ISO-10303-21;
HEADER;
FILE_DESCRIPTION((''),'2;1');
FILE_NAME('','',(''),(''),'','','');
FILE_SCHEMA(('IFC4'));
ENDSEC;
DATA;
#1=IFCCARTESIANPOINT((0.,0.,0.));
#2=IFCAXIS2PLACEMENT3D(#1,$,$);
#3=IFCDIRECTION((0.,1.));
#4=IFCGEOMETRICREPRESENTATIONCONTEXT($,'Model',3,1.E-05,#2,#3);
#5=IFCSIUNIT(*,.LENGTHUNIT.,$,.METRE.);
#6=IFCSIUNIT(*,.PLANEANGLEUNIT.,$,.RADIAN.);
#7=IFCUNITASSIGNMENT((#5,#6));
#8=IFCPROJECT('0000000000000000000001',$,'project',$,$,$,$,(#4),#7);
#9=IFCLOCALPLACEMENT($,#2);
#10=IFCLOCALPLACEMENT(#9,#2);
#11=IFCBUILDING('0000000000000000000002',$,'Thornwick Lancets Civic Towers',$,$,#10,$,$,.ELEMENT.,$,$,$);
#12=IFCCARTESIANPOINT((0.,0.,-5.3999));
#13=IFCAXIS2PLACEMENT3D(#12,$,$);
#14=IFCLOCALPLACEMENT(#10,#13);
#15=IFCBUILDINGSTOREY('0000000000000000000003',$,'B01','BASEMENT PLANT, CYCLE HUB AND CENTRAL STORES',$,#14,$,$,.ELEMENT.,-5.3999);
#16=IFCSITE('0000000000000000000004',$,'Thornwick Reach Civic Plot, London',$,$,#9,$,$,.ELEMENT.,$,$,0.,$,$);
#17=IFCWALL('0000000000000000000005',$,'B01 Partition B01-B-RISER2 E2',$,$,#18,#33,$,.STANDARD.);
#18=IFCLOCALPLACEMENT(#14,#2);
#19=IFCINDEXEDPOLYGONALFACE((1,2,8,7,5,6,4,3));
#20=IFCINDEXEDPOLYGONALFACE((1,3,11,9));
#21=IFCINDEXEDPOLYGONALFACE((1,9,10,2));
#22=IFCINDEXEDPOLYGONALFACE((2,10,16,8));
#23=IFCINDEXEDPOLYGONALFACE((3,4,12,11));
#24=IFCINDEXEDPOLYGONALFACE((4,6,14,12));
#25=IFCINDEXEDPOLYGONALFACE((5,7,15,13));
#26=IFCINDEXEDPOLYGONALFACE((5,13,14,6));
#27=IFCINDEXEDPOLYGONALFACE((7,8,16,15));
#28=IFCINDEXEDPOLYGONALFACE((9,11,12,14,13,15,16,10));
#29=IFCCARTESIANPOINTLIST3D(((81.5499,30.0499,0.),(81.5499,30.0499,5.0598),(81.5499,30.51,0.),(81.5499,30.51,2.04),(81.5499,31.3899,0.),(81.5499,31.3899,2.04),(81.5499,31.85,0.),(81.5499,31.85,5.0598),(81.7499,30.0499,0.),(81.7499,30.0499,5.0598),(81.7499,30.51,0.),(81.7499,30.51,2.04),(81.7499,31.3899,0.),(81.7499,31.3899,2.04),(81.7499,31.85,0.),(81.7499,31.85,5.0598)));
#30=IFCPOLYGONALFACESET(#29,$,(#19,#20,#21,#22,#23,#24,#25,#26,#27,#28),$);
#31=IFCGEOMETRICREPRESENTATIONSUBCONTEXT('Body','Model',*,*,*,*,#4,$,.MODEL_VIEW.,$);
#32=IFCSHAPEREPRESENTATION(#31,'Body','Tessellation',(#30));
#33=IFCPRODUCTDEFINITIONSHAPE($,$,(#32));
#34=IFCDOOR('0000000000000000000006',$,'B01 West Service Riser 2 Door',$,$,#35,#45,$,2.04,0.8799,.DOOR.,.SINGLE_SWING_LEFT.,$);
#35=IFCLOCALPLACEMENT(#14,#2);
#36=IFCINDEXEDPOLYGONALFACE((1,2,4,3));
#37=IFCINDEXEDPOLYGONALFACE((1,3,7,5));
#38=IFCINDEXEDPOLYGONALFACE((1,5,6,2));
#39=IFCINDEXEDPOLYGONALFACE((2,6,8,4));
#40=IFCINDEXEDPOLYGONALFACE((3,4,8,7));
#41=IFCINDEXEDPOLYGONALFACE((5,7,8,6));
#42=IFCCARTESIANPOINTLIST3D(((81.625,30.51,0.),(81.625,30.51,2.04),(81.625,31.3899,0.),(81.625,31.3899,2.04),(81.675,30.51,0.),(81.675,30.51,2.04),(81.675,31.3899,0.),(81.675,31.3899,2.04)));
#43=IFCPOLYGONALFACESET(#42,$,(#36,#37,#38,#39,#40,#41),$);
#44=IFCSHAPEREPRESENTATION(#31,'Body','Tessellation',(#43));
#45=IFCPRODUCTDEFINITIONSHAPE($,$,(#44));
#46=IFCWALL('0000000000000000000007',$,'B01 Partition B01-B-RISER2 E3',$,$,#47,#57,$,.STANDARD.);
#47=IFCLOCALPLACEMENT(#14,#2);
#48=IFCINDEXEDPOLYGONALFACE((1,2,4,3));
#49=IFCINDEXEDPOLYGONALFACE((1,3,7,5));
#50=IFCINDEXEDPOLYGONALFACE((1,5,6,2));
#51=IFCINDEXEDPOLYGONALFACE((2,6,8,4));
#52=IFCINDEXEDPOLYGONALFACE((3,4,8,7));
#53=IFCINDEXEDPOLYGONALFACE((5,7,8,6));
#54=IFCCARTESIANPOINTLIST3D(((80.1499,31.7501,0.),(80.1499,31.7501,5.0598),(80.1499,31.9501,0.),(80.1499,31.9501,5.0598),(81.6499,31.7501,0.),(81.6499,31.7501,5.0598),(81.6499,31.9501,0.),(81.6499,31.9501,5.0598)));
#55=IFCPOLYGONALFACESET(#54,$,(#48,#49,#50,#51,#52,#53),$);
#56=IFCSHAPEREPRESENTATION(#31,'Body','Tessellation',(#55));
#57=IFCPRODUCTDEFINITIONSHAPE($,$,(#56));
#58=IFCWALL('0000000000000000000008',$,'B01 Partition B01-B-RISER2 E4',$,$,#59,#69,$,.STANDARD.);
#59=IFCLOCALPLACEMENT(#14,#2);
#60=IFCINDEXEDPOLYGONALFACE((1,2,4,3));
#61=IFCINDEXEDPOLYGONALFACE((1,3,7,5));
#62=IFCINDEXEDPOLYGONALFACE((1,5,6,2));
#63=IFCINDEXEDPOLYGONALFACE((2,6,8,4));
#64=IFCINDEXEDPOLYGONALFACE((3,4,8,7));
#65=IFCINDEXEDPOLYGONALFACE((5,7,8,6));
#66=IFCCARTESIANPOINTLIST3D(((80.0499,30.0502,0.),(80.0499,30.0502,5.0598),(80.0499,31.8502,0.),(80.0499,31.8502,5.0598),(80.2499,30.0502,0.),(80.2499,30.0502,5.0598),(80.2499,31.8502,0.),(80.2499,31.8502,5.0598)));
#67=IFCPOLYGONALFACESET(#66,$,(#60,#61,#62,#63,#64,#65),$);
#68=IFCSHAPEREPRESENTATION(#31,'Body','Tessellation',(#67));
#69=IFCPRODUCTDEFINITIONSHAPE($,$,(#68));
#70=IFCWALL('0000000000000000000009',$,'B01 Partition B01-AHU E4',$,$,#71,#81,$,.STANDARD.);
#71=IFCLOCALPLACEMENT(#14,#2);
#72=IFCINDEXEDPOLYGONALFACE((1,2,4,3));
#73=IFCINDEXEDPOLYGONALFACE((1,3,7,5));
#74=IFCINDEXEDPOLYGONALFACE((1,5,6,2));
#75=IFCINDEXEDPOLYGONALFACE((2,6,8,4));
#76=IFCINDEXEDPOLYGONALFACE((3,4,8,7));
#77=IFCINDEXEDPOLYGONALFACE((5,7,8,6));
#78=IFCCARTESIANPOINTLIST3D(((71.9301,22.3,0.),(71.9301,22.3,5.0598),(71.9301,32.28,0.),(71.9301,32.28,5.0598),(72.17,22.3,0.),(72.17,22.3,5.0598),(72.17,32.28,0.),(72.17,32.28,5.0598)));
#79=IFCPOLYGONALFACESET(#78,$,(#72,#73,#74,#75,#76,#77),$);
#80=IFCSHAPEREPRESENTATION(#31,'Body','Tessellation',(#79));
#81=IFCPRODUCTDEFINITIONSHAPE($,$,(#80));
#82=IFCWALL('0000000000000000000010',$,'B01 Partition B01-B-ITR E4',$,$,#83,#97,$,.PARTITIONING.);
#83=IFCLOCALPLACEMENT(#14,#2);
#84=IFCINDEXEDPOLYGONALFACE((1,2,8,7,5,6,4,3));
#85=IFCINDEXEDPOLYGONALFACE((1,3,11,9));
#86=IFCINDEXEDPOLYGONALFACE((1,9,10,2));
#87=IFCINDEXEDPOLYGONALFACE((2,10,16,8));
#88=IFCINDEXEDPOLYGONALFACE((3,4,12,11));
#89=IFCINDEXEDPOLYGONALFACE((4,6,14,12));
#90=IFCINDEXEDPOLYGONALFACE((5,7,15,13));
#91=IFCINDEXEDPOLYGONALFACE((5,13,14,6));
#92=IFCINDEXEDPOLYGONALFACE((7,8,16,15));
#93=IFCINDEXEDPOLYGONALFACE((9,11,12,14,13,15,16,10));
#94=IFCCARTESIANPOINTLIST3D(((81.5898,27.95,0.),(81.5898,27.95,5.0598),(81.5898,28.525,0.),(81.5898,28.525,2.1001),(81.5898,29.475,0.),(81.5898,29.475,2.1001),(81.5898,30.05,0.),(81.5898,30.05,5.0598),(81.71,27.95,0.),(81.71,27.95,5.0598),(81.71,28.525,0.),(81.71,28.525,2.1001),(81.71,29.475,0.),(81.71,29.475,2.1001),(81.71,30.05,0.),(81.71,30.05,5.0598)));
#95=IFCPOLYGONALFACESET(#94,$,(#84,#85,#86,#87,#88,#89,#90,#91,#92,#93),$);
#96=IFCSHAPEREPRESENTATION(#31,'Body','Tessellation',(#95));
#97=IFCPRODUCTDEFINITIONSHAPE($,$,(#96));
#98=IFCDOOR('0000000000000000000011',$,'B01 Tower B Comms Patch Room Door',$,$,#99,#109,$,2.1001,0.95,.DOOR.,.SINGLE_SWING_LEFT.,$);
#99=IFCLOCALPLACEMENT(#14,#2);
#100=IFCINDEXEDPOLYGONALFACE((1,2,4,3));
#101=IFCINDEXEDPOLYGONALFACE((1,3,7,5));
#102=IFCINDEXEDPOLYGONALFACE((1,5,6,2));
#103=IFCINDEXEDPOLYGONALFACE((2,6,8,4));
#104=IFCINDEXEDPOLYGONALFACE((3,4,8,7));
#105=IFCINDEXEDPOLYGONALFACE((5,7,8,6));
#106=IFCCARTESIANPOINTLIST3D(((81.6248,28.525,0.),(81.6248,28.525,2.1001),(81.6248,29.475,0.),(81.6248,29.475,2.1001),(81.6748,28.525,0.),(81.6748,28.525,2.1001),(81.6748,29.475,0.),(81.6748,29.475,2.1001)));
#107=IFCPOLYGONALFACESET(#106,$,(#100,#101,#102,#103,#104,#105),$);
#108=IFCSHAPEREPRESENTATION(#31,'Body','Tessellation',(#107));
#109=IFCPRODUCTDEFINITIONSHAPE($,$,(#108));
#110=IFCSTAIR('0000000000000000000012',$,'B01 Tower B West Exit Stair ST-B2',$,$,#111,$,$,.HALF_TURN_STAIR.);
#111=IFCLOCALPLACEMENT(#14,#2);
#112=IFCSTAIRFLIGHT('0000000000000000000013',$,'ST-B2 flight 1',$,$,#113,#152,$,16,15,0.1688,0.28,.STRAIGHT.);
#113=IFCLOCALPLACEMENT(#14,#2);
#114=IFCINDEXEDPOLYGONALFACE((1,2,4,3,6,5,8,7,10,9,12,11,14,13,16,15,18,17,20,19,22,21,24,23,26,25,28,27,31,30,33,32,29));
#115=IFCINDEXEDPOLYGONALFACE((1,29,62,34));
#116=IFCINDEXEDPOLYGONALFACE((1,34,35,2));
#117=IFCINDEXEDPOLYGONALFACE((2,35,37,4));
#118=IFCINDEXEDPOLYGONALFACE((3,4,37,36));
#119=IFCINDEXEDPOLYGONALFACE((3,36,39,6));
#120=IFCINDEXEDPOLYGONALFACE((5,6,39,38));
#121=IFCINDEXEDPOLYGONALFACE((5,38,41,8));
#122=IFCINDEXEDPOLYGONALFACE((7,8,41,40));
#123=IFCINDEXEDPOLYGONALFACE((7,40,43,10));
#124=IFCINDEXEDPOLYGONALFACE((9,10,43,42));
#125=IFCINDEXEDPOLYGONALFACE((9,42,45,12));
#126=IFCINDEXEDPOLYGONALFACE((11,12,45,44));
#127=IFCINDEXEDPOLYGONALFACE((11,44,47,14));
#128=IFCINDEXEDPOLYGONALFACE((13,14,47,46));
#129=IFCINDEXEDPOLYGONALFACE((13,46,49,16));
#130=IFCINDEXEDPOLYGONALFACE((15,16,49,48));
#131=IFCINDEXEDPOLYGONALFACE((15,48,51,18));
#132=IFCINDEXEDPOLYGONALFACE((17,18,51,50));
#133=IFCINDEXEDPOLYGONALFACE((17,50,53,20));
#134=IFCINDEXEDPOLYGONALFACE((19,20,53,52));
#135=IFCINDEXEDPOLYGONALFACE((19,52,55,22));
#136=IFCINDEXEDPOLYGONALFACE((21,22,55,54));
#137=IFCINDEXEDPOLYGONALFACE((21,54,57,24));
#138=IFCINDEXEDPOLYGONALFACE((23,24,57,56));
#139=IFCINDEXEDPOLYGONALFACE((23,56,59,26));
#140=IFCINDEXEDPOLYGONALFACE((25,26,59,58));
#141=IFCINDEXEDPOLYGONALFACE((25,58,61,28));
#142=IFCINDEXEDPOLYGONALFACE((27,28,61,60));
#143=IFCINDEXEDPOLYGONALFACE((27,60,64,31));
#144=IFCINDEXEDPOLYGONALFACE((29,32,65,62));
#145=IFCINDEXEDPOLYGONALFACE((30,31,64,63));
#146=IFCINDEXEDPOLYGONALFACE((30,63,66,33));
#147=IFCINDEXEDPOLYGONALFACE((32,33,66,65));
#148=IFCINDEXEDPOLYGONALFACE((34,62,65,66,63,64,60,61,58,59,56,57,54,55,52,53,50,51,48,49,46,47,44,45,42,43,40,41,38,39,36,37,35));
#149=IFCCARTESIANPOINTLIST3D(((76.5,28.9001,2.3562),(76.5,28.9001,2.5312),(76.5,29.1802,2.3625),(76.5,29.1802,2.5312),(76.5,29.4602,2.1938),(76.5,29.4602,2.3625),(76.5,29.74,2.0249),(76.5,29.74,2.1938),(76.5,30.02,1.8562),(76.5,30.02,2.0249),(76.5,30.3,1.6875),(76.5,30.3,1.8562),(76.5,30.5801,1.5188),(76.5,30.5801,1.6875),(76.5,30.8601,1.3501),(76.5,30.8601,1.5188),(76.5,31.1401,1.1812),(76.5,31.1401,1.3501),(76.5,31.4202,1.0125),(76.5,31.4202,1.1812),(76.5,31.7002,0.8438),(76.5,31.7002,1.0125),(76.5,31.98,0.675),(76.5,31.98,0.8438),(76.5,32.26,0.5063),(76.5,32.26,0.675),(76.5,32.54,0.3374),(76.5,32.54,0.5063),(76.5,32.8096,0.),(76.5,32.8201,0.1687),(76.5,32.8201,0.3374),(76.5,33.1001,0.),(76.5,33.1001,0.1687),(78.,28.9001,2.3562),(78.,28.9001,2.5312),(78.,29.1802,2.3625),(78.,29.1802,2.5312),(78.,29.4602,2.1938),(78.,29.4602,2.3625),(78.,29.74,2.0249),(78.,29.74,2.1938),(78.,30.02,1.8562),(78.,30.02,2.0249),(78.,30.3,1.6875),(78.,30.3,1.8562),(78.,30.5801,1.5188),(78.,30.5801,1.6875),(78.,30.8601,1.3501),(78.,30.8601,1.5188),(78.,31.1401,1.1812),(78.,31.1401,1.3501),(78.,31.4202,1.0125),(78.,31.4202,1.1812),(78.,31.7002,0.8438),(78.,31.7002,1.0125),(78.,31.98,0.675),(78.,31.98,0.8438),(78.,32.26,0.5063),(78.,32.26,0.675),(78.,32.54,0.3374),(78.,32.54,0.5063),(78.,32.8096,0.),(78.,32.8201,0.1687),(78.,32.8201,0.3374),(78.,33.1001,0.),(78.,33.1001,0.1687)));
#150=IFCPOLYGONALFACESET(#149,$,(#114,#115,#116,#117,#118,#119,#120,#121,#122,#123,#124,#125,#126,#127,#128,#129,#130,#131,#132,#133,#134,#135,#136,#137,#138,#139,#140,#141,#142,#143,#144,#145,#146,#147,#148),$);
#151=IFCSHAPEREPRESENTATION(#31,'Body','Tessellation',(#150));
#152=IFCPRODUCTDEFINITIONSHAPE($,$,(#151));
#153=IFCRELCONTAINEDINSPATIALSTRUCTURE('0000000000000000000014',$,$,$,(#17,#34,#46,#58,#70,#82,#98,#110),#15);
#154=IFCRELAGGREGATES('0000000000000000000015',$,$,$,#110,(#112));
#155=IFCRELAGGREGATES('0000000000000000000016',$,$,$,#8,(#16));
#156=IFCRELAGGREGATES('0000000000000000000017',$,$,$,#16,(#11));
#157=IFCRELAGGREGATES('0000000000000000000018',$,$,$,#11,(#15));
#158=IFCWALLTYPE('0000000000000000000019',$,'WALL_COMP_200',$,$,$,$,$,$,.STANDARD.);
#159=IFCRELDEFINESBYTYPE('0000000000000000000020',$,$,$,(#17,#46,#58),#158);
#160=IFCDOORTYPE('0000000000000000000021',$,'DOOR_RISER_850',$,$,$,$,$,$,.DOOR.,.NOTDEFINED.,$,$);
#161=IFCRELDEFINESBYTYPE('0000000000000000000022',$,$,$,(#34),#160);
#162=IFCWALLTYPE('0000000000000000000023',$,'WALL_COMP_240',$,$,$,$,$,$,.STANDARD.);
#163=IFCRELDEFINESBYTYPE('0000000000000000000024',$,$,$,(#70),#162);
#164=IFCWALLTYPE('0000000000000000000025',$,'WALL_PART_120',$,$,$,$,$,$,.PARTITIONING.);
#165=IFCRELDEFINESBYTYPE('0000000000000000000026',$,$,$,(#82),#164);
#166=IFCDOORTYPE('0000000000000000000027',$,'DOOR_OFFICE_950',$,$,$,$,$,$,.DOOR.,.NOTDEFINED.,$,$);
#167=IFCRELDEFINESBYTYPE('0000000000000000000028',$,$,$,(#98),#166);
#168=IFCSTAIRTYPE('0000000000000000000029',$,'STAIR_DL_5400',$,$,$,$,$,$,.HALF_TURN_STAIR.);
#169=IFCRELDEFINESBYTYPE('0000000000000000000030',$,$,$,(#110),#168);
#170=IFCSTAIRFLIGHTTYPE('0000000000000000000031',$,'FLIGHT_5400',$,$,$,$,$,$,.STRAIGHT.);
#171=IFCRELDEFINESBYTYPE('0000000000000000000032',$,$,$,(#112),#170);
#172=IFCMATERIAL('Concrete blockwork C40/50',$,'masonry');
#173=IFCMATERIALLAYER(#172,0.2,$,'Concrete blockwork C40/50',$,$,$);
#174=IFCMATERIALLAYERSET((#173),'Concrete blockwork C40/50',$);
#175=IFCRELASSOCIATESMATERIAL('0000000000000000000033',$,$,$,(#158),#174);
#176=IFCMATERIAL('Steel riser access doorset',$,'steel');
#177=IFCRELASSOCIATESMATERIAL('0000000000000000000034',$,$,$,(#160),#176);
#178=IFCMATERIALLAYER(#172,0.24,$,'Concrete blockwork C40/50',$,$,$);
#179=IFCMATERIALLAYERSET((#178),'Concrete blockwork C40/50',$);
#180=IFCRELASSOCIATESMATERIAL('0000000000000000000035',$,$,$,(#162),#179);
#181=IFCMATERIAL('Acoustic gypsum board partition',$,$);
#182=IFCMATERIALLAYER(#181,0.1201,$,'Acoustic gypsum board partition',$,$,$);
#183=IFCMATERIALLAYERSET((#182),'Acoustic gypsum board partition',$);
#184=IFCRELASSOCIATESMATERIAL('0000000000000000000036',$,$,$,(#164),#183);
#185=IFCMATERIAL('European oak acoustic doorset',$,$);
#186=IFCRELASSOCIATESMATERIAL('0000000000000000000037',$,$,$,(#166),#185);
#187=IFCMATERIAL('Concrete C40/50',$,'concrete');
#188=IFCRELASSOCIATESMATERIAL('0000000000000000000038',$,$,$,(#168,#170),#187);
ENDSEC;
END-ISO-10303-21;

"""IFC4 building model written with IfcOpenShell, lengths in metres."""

from ifc_helpers import new_model, si_unit, direction, frame, frame_2d, origin, place, context, subcontext, project, spatial, polyline, rectangle, outline, extrude, material, layer, layer_set, type_object, element, fill, aggregate, save


model = new_model("IFC4")

# Units and contexts
model_context = context("Model", 3, precision=1e-05, world=origin(), true_north=direction((0.0, 1.0)))
body_context = subcontext(model_context, "Body", "Model", "MODEL_VIEW")
ifc_project = project(units=[si_unit("LENGTHUNIT", "METRE"), si_unit("PLANEANGLEUNIT", "RADIAN")], contexts=[model_context])

# Site, building, storey
site_placement = place(None, origin())
site = spatial("IfcSite", under=ifc_project, at=site_placement, Name="Thornwick Reach Civic Plot, London", CompositionType="ELEMENT", RefElevation=0.0)
building_placement = place(site_placement, origin())
building = spatial("IfcBuilding", under=site, at=building_placement, Name="Thornwick Lancets Civic Towers", CompositionType="ELEMENT")
storey_placement = place(building_placement, frame((0.0, 0.0, -5.3999)))
storey = spatial("IfcBuildingStorey", under=building, at=storey_placement, Name="B01", Description="BASEMENT PLANT, CYCLE HUB AND CENTRAL STORES", CompositionType="ELEMENT", Elevation=-5.3999)

# Shared definitions
ifc_material_1 = material(Name="Concrete C40/50", Category="concrete")

# Shared definitions
ifc_material_2 = material(Name="Concrete blockwork C40/50", Category="masonry")
ifc_layer_1 = layer(ifc_material_2, 0.2, Name="Concrete blockwork C40/50")
ifc_layer_set_1 = layer_set([ifc_layer_1], Name="Concrete blockwork C40/50")
wall_type_1 = type_object("IfcWallType", Name="WALL_COMP_200", PredefinedType="STANDARD", material=ifc_layer_set_1)

# Wall, opening, door
wall_1_placement = place(storey_placement, frame((81.6499, 30.05, 0.0), z_axis=(0.0, 0.0, 1.0), x_axis=(0.0, 1.0, 0.0)))
wall_1 = element("IfcWall", 1, at=wall_1_placement, inside=storey, type_object=wall_type_1, Name="B01 Partition B01-B-RISER2 E2", PredefinedType="STANDARD", context=body_context, shape_type="SweptSolid", body=[
    extrude(rectangle(XDim=1.8, YDim=0.2, at=frame_2d((0.8999, 0.0))), origin(), (0.0, 0.0, 1.0), 5.0598),
])
opening_1_placement = place(wall_1_placement, frame((0.46, 0.0, 0.0)))
opening_1 = element("IfcOpeningElement", 2, at=opening_1_placement, cuts=wall_1, PredefinedType="OPENING", context=body_context, shape_type="SweptSolid", body=[
    extrude(rectangle(XDim=0.8799, YDim=2.04, at=frame_2d((0.4399, 1.02))), frame((0.0, 0.1099, 0.0), z_axis=(0.0, -1.0, 0.0), x_axis=(1.0, 0.0, 0.0)), (0.0, 0.0, 1.0), 0.22),
])
ifc_material_3 = material(Name="Steel riser access doorset", Category="steel")
door_type_1 = type_object("IfcDoorType", Name="DOOR_RISER_850", OperationType="NOTDEFINED", PredefinedType="DOOR", material=ifc_material_3)
door_1_placement = place(opening_1_placement, origin())
door_1 = element("IfcDoor", 3, at=door_1_placement, inside=storey, type_object=door_type_1, Name="B01 West Service Riser 2 Door", OperationType="SINGLE_SWING_LEFT", OverallHeight=2.04, OverallWidth=0.8799, PredefinedType="DOOR", context=body_context, shape_type="SweptSolid", body=[
    extrude(rectangle(XDim=0.8799, YDim=2.04, at=frame_2d((0.4399, 1.02))), frame((0.0, 0.0249, 0.0), z_axis=(0.0, -1.0, 0.0), x_axis=(1.0, 0.0, 0.0)), (0.0, 0.0, 1.0), 0.05),
])
fill(opening_1, door_1)

# Walls
wall_2_placement = place(storey_placement, frame((81.6499, 31.8501, 0.0), z_axis=(0.0, 0.0, 1.0), x_axis=(-1.0, 0.0, 0.0)))
element("IfcWall", 4, at=wall_2_placement, inside=storey, type_object=wall_type_1, Name="B01 Partition B01-B-RISER2 E3", PredefinedType="STANDARD", context=body_context, shape_type="SweptSolid", body=[
    extrude(rectangle(XDim=1.5, YDim=0.2, at=frame_2d((0.75, 0.0))), origin(), (0.0, 0.0, 1.0), 5.0598),
])
wall_3_placement = place(storey_placement, frame((80.1499, 31.8501, 0.0), z_axis=(0.0, 0.0, 1.0), x_axis=(0.0, -1.0, 0.0)))
element("IfcWall", 5, at=wall_3_placement, inside=storey, type_object=wall_type_1, Name="B01 Partition B01-B-RISER2 E4", PredefinedType="STANDARD", context=body_context, shape_type="SweptSolid", body=[
    extrude(rectangle(XDim=1.8, YDim=0.2, at=frame_2d((0.8999, 0.0))), origin(), (0.0, 0.0, 1.0), 5.0598),
])
ifc_layer_2 = layer(ifc_material_2, 0.24, Name="Concrete blockwork C40/50")
ifc_layer_set_2 = layer_set([ifc_layer_2], Name="Concrete blockwork C40/50")
wall_type_2 = type_object("IfcWallType", Name="WALL_COMP_240", PredefinedType="STANDARD", material=ifc_layer_set_2)
wall_4_placement = place(storey_placement, frame((72.05, 32.28, 0.0), z_axis=(0.0, 0.0, 1.0), x_axis=(0.0, -1.0, 0.0)))
element("IfcWall", 6, at=wall_4_placement, inside=storey, type_object=wall_type_2, Name="B01 Partition B01-AHU E4", PredefinedType="STANDARD", context=body_context, shape_type="SweptSolid", body=[
    extrude(rectangle(XDim=9.98, YDim=0.24, at=frame_2d((4.99, 0.0))), origin(), (0.0, 0.0, 1.0), 5.0598),
])

# Wall, opening, door
ifc_material_4 = material(Name="Acoustic gypsum board partition")
ifc_layer_3 = layer(ifc_material_4, 0.1201, Name="Acoustic gypsum board partition")
ifc_layer_set_3 = layer_set([ifc_layer_3], Name="Acoustic gypsum board partition")
wall_type_3 = type_object("IfcWallType", Name="WALL_PART_120", PredefinedType="PARTITIONING", material=ifc_layer_set_3)
wall_5_placement = place(storey_placement, frame((81.6499, 30.05, 0.0), z_axis=(0.0, 0.0, 1.0), x_axis=(0.0, -1.0, 0.0)))
wall_5 = element("IfcWall", 7, at=wall_5_placement, inside=storey, type_object=wall_type_3, Name="B01 Partition B01-B-ITR E4", PredefinedType="PARTITIONING", context=body_context, shape_type="SweptSolid", body=[
    extrude(rectangle(XDim=2.1001, YDim=0.1201, at=frame_2d((1.05, 0.0))), origin(), (0.0, 0.0, 1.0), 5.0598),
])
opening_2_placement = place(wall_5_placement, frame((0.575, 0.0, 0.0)))
opening_2 = element("IfcOpeningElement", 8, at=opening_2_placement, cuts=wall_5, PredefinedType="OPENING", context=body_context, shape_type="SweptSolid", body=[
    extrude(rectangle(XDim=0.95, YDim=2.1001, at=frame_2d((0.4751, 1.05))), frame((0.0, 0.0701, 0.0), z_axis=(0.0, -1.0, 0.0), x_axis=(1.0, 0.0, 0.0)), (0.0, 0.0, 1.0), 0.1401),
])
ifc_material_5 = material(Name="European oak acoustic doorset")
door_type_2 = type_object("IfcDoorType", Name="DOOR_OFFICE_950", OperationType="NOTDEFINED", PredefinedType="DOOR", material=ifc_material_5)
door_2_placement = place(opening_2_placement, origin())
door_2 = element("IfcDoor", 9, at=door_2_placement, inside=storey, type_object=door_type_2, Name="B01 Tower B Comms Patch Room Door", OperationType="SINGLE_SWING_LEFT", OverallHeight=2.1001, OverallWidth=0.95, PredefinedType="DOOR", context=body_context, shape_type="SweptSolid", body=[
    extrude(rectangle(XDim=0.95, YDim=2.1001, at=frame_2d((0.4751, 1.05))), frame((0.0, 0.0249, 0.0), z_axis=(0.0, -1.0, 0.0), x_axis=(1.0, 0.0, 0.0)), (0.0, 0.0, 1.0), 0.05),
])
fill(opening_2, door_2)

# Stair, stair flight
stair_type = type_object("IfcStairType", Name="STAIR_DL_5400", PredefinedType="HALF_TURN_STAIR", material=ifc_material_1)
stair_placement = place(storey_placement, origin())
stair = element("IfcStair", 10, at=stair_placement, inside=storey, type_object=stair_type, Name="B01 Tower B West Exit Stair ST-B2", PredefinedType="HALF_TURN_STAIR")
stair_flight_type = type_object("IfcStairFlightType", Name="FLIGHT_5400", PredefinedType="STRAIGHT", material=ifc_material_1)
stair_flight_1_placement = place(storey_placement, frame((77.25, 33.1001, 0.0), z_axis=(0.0, 0.0, 1.0), x_axis=(0.0, -1.0, 0.0)))
stair_flight_1 = element("IfcStairFlight", 11, at=stair_flight_1_placement, type_object=stair_flight_type, Name="ST-B2 flight 1", NumberOfRisers=16, NumberOfTreads=15, PredefinedType="STRAIGHT", RiserHeight=0.1688, TreadLength=0.28, context=body_context, shape_type="SweptSolid", body=[
    extrude(outline(polyline([(0.0, 0.0), (0.0, 0.1687), (0.28, 0.1687), (0.28, 0.3374), (0.5601, 0.3374), (0.5601, 0.5063), (0.8401, 0.5063), (0.8401, 0.675), (1.1201, 0.675), (1.1201, 0.8438), (1.3999, 0.8438), (1.3999, 1.0125), (1.6799, 1.0125), (1.6799, 1.1812), (1.96, 1.1812), (1.96, 1.3501), (2.24, 1.3501), (2.24, 1.5188), (2.52, 1.5188), (2.52, 1.6875), (2.8, 1.6875), (2.8, 1.8562), (3.0801, 1.8562), (3.0801, 2.0249), (3.3601, 2.0249), (3.3601, 2.1938), (3.6399, 2.1938), (3.6399, 2.3625), (3.9199, 2.3625), (3.9199, 2.5312), (4.2, 2.5312), (4.2, 2.7), (4.2, 2.3562), (0.2905, 0.0), (0.0, 0.0)])), frame((0.0, 0.75, 0.0), z_axis=(0.0, -1.0, 0.0), x_axis=(1.0, 0.0, 0.0)), (0.0, 0.0, 1.0), 1.5),
])
aggregate(stair, [stair_flight_1])

save(model, "model.ifc")
